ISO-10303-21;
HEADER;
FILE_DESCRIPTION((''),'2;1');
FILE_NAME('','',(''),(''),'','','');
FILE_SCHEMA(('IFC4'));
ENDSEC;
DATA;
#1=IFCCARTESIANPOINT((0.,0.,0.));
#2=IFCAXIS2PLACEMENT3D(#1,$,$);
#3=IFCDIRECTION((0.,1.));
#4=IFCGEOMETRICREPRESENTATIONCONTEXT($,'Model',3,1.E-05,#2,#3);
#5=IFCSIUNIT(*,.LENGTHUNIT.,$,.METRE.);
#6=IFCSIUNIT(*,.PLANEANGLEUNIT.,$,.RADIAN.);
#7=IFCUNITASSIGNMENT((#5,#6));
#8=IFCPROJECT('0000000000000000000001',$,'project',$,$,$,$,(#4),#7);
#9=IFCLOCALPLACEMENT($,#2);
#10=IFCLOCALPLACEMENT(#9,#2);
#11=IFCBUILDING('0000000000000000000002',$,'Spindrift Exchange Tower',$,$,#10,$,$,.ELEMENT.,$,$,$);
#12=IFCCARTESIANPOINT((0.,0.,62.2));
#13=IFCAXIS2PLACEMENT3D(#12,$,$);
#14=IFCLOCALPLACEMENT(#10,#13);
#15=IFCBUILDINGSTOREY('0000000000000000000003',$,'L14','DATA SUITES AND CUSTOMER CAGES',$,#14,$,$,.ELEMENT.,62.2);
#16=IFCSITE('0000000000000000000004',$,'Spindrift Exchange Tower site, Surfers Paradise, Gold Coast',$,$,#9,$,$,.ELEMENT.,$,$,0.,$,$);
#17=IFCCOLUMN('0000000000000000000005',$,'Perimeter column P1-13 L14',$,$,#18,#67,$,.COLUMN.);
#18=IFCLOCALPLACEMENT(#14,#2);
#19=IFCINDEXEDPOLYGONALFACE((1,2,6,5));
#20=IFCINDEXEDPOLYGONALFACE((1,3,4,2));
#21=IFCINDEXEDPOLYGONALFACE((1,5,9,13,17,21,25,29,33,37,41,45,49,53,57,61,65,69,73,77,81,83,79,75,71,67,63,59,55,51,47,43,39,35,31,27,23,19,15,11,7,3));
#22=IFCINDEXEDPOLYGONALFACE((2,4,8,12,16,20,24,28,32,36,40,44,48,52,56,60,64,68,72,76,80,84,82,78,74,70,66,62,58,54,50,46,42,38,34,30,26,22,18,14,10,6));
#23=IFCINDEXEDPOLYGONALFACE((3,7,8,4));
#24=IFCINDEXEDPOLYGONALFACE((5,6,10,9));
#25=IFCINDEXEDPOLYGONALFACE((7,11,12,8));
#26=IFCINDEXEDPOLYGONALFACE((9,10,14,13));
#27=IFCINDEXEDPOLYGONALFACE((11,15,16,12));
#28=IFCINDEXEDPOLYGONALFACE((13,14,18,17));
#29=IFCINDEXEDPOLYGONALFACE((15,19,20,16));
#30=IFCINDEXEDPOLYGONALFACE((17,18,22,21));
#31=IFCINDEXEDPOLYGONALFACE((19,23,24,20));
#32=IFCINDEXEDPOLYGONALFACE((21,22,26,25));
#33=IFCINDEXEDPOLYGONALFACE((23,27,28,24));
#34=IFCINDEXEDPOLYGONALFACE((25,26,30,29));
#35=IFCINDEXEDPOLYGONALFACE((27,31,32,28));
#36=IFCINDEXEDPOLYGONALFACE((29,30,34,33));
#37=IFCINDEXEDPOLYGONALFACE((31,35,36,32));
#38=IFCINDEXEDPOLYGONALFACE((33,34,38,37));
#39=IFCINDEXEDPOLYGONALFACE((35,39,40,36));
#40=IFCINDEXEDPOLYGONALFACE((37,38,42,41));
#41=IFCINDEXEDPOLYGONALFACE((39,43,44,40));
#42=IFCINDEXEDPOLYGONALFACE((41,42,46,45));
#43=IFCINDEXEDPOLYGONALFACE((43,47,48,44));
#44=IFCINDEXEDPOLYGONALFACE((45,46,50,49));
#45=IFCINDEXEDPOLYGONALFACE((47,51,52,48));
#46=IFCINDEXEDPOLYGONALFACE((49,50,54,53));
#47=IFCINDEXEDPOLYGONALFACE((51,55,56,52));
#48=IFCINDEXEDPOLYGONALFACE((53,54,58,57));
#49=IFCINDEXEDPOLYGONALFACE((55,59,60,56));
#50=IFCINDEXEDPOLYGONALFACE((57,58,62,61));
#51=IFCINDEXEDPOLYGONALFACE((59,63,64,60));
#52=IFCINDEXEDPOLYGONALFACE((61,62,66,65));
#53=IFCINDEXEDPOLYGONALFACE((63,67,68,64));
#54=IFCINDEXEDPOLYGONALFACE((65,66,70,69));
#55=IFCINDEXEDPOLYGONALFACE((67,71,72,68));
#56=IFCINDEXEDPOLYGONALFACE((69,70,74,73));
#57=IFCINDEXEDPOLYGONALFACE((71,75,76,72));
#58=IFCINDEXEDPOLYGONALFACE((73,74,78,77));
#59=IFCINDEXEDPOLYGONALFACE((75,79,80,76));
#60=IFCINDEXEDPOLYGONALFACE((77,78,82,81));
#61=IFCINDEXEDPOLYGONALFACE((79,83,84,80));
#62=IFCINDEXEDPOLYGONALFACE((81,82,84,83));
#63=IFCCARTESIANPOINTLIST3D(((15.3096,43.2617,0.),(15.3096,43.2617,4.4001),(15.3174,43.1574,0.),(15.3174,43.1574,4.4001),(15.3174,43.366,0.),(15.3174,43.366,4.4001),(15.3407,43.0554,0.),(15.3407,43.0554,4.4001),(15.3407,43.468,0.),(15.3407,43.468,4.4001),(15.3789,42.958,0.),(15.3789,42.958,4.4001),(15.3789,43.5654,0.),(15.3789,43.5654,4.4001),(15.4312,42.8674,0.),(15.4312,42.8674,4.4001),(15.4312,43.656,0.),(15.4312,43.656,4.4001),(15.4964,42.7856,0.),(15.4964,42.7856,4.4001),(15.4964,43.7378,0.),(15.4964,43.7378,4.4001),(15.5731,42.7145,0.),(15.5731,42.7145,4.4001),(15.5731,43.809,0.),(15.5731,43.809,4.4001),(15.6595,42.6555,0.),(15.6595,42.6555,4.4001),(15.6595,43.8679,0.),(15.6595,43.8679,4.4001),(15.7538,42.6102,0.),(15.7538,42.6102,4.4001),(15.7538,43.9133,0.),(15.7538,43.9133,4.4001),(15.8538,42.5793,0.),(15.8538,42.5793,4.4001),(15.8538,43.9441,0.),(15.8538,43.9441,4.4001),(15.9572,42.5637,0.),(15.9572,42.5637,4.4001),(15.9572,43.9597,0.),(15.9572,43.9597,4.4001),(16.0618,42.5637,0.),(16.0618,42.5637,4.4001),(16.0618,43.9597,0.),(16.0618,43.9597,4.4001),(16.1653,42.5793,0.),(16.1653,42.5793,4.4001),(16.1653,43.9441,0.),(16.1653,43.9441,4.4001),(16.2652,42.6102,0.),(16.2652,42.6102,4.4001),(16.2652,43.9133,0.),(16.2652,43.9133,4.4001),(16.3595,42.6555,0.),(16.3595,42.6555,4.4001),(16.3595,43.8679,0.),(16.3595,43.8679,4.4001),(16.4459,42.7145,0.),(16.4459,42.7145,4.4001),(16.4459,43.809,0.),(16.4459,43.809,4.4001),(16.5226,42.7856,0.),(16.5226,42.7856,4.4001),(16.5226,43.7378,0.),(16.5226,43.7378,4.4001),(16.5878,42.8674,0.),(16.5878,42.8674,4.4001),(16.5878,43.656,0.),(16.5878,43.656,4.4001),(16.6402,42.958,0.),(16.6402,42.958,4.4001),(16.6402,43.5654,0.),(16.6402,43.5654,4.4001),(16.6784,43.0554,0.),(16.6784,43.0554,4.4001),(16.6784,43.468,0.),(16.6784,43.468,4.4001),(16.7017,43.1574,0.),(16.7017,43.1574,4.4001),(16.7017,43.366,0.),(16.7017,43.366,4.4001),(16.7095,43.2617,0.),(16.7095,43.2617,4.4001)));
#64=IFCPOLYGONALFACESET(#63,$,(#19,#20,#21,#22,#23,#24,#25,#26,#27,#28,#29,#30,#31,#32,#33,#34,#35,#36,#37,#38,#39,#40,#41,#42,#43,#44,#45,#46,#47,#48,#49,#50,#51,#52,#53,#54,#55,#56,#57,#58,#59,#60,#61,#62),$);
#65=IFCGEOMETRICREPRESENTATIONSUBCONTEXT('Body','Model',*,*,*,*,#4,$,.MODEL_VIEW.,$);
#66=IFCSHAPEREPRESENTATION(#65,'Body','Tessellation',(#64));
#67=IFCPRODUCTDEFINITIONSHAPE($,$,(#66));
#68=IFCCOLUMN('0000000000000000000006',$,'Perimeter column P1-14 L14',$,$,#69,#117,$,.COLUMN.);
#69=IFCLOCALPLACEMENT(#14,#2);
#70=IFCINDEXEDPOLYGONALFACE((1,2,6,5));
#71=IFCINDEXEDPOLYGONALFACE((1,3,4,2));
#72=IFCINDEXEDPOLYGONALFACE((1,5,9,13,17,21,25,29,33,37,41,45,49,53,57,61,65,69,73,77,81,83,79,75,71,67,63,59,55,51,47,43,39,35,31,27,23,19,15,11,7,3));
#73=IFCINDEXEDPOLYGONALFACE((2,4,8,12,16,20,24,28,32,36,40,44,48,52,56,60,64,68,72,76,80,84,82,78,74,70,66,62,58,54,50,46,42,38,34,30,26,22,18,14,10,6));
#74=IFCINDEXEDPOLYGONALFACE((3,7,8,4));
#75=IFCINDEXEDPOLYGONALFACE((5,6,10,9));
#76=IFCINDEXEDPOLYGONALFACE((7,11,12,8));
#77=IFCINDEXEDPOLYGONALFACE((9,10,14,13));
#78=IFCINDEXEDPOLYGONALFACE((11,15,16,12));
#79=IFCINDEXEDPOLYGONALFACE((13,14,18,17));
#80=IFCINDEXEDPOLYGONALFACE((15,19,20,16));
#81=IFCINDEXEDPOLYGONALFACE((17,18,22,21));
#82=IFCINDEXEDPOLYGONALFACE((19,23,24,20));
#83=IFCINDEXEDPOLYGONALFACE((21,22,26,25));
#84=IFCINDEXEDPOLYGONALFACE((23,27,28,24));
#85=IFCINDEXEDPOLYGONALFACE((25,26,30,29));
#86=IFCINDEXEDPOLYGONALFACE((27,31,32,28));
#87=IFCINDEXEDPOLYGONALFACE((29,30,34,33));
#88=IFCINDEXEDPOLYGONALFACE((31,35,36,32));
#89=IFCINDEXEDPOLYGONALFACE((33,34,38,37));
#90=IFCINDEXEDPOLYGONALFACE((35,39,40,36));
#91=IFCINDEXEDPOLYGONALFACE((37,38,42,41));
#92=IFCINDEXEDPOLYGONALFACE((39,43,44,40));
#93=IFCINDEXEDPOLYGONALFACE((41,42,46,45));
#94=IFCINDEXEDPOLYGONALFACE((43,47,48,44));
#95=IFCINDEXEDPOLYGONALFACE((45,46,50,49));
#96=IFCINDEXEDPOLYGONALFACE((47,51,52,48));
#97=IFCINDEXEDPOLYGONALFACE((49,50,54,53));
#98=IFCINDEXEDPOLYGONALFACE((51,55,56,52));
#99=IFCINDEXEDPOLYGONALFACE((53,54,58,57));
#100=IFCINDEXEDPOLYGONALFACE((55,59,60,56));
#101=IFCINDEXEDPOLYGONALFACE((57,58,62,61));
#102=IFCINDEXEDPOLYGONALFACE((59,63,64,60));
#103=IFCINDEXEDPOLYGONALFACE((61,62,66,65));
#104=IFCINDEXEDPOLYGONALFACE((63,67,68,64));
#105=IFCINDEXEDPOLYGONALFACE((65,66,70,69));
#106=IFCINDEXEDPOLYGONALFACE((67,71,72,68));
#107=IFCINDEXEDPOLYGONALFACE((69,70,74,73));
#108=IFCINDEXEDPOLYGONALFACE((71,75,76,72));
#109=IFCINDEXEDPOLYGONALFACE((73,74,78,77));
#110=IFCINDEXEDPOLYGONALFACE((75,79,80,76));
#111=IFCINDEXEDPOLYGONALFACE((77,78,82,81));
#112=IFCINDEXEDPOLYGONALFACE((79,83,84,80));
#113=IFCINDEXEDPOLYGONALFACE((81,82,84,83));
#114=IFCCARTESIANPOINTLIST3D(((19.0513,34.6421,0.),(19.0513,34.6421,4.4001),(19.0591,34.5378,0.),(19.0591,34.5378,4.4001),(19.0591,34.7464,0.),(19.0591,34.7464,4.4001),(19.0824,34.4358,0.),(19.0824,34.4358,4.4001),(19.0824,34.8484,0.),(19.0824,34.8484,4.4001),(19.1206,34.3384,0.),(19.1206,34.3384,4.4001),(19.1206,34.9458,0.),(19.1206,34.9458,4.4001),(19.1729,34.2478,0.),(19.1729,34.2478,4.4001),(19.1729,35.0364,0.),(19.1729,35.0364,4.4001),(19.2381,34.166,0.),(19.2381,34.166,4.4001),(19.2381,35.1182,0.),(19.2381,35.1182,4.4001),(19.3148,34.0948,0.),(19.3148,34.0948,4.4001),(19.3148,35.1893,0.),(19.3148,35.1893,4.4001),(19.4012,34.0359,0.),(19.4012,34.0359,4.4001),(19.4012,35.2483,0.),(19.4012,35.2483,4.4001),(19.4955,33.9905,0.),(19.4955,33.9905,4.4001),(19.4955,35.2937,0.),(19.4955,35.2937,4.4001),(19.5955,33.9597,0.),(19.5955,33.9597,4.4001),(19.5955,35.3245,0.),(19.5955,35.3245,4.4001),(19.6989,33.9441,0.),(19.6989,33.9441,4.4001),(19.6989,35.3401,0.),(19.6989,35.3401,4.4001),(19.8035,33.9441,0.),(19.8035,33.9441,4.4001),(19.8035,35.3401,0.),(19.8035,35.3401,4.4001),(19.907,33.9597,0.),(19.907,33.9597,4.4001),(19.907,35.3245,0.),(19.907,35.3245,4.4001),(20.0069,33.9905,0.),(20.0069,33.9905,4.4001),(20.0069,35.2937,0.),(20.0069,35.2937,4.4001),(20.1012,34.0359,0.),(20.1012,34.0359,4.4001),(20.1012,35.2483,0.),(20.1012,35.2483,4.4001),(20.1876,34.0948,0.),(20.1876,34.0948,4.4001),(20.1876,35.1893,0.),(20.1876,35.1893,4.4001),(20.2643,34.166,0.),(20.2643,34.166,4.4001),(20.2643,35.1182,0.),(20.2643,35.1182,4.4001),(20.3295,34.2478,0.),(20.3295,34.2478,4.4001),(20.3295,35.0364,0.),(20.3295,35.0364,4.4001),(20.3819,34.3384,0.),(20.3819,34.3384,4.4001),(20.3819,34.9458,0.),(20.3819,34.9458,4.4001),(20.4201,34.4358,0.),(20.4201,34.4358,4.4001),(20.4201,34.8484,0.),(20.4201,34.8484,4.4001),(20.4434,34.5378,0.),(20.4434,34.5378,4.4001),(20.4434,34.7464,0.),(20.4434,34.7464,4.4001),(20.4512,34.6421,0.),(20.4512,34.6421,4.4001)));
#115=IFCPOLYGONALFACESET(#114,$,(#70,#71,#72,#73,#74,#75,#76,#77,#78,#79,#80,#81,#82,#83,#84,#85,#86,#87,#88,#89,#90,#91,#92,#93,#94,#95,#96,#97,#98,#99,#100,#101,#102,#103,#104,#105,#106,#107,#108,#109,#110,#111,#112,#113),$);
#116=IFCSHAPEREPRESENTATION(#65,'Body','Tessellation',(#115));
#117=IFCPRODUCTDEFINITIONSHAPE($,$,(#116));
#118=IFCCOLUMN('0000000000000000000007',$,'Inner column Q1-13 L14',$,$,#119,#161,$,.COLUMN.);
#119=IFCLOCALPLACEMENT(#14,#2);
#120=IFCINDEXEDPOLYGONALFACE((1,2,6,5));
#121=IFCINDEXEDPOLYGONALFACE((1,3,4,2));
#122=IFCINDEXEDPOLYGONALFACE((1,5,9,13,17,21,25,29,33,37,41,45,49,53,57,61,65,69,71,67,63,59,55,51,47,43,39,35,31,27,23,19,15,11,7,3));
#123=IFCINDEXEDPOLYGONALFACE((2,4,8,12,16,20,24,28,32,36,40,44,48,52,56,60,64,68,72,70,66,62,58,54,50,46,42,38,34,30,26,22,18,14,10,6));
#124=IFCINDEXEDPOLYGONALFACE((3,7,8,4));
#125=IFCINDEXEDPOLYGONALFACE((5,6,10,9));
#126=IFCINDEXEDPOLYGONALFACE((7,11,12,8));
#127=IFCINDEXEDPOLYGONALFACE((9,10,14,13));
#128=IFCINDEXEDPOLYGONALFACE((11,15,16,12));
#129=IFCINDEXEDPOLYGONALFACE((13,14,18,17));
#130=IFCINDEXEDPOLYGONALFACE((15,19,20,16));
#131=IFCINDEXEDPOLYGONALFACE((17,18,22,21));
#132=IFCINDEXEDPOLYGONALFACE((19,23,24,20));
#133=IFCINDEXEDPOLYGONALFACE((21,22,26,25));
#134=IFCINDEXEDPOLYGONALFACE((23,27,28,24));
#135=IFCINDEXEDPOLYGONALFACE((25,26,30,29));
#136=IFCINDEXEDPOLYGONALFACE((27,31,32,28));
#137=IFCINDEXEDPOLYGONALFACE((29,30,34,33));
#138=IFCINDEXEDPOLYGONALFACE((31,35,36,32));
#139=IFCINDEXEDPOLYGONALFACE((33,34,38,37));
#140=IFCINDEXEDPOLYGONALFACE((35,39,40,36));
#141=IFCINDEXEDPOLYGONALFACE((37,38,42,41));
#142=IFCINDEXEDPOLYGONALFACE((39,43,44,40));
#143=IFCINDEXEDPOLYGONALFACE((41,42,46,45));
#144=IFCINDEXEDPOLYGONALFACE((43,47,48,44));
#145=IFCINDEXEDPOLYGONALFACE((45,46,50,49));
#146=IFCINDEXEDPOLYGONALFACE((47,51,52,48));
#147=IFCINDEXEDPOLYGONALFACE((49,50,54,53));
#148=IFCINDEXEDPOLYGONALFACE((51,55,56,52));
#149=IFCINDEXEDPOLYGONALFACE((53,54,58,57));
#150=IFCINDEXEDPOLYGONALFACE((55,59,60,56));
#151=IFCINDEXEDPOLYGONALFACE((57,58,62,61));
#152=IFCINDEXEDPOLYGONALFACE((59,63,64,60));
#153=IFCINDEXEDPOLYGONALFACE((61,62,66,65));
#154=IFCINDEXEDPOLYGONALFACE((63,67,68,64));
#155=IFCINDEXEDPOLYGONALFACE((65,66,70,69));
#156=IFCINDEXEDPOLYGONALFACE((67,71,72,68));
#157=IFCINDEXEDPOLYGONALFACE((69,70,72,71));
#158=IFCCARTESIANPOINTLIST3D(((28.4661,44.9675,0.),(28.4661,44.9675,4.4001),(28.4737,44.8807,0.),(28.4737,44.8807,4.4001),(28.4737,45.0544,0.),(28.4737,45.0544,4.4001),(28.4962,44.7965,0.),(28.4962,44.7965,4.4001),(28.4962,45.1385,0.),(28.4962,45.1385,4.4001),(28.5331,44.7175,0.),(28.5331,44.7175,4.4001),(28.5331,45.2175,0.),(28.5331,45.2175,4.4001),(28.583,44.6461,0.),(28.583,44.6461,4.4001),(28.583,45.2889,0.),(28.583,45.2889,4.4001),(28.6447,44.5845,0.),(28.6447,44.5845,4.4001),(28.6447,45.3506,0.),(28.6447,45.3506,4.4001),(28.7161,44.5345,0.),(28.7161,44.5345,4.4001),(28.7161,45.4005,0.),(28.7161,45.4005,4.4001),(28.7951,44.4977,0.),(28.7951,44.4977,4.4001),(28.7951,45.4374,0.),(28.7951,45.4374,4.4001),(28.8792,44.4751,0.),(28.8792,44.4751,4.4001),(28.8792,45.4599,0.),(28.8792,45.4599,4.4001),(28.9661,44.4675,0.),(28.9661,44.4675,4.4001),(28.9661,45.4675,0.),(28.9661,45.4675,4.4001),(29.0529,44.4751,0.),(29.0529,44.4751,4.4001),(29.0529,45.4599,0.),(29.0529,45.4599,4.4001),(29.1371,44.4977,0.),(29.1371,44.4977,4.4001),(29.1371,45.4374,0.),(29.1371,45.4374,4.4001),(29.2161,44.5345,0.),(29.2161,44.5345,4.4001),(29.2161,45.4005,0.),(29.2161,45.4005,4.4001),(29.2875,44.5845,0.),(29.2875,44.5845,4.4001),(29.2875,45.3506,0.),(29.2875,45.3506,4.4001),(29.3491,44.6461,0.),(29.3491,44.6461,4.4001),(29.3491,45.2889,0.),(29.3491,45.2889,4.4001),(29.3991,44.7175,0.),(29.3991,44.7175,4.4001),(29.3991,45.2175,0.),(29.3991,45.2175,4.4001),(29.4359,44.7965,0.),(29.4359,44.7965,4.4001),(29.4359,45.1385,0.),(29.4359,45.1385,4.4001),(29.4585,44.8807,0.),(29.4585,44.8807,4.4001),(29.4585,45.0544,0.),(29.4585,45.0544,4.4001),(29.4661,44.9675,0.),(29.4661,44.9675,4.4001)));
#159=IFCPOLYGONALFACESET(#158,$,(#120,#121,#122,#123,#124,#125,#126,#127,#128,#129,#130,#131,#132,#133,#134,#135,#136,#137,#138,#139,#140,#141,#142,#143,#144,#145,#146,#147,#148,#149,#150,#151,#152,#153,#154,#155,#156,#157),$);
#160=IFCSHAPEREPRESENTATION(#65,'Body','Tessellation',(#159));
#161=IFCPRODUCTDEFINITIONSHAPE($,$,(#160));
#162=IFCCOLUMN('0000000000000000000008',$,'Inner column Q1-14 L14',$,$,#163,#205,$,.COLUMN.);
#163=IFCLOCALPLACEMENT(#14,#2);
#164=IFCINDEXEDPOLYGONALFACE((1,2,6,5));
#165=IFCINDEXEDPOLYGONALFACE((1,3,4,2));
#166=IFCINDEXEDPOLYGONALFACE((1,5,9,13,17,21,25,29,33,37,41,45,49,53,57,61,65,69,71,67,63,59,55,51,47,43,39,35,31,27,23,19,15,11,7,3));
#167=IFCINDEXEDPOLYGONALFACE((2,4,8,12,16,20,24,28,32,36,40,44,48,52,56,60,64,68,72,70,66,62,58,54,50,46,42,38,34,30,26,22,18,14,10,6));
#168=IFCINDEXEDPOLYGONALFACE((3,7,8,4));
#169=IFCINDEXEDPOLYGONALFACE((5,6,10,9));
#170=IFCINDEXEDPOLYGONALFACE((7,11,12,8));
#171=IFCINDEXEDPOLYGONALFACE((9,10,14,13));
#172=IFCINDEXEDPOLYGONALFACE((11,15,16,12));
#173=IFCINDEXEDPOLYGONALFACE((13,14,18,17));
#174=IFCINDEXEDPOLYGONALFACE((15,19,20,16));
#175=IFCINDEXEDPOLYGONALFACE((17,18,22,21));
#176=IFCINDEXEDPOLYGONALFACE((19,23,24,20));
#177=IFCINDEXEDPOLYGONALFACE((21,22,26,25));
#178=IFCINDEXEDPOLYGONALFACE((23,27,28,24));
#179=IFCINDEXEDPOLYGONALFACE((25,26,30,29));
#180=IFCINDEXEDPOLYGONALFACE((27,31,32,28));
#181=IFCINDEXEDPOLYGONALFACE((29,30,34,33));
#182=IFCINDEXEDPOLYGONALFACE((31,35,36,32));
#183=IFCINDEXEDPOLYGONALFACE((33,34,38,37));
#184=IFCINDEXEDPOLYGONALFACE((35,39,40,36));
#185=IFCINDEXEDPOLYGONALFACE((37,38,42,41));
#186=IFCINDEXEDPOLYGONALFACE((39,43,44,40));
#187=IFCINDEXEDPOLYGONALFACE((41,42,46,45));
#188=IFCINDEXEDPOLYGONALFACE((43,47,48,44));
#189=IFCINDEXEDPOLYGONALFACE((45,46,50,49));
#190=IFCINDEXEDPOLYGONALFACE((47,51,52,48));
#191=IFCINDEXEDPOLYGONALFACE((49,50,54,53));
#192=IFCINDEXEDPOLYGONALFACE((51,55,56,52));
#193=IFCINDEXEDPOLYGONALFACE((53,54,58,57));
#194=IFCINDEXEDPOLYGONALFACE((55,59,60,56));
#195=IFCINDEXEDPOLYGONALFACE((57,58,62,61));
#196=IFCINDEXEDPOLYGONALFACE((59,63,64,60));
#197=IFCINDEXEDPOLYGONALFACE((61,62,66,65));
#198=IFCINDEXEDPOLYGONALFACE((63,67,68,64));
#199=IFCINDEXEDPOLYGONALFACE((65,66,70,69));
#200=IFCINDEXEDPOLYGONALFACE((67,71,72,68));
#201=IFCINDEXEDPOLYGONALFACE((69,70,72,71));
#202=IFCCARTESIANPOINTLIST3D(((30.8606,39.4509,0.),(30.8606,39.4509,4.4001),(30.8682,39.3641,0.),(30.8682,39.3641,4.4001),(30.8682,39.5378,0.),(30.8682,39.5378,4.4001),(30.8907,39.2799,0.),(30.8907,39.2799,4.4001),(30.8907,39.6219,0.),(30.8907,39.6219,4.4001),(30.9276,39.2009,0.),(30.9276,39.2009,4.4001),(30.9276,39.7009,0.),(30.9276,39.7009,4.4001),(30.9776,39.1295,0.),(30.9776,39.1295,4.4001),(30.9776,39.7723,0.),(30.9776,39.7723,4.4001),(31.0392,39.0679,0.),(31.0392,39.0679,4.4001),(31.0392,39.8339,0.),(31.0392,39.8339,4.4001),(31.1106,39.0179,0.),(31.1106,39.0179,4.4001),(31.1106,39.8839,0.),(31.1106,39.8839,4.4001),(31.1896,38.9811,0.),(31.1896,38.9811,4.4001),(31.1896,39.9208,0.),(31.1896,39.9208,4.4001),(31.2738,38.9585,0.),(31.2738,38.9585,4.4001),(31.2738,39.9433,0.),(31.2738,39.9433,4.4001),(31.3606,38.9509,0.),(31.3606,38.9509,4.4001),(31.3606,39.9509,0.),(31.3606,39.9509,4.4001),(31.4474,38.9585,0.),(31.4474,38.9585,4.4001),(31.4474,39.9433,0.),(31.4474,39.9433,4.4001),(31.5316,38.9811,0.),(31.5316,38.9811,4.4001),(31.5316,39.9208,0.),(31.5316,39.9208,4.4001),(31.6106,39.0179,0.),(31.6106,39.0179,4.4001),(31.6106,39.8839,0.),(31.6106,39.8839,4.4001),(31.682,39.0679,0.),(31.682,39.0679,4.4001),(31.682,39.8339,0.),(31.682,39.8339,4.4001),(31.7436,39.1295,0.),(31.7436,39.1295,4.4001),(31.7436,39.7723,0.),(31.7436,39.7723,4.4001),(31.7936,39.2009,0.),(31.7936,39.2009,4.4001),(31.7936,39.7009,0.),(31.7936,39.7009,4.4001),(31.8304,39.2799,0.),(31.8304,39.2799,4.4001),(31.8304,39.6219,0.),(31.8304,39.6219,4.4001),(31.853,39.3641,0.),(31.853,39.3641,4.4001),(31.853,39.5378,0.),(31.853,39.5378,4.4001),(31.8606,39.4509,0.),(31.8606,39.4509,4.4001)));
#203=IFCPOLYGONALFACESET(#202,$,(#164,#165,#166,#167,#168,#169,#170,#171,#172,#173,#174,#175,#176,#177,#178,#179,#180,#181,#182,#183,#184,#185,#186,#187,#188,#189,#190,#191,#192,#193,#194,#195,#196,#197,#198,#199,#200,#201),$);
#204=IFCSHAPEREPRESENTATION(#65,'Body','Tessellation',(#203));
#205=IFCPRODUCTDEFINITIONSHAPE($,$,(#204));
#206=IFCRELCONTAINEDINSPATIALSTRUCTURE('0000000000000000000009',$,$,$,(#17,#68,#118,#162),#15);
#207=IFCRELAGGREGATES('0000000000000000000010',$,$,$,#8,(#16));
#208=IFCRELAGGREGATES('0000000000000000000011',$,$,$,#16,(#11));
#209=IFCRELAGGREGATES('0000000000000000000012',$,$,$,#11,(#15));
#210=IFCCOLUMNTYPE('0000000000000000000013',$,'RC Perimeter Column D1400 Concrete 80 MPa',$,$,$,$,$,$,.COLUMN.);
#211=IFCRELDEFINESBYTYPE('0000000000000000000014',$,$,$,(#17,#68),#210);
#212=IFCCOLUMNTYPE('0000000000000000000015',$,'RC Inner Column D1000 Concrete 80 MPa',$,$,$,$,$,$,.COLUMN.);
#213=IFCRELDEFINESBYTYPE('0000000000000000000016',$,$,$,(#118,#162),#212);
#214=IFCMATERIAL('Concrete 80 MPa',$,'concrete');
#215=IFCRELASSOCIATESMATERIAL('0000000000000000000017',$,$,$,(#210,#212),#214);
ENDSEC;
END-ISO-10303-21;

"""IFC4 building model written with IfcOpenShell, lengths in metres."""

from ifc_helpers import new_model, si_unit, direction, frame, origin, origin_2d, place, context, subcontext, project, spatial, circle, extrude, source, transform, mapped, material, material_profile, profile_set, type_object, element, save


model = new_model("IFC4")

# Units and contexts
model_context = context("Model", 3, precision=1e-05, world=origin(), true_north=direction((0.0, 1.0)))
body_context = subcontext(model_context, "Body", "Model", "MODEL_VIEW")
ifc_project = project(units=[si_unit("LENGTHUNIT", "METRE"), si_unit("PLANEANGLEUNIT", "RADIAN")], contexts=[model_context])

# Site, building, storey
site_placement = place(None, origin())
site = spatial("IfcSite", under=ifc_project, at=site_placement, Name="Spindrift Exchange Tower site, Surfers Paradise, Gold Coast", CompositionType="ELEMENT", RefElevation=0.0)
building_placement = place(site_placement, origin())
building = spatial("IfcBuilding", under=site, at=building_placement, Name="Spindrift Exchange Tower", CompositionType="ELEMENT")
storey_placement = place(building_placement, frame((0.0, 0.0, 62.2)))
storey = spatial("IfcBuildingStorey", under=building, at=storey_placement, Name="L14", Description="DATA SUITES AND CUSTOMER CAGES", CompositionType="ELEMENT", Elevation=62.2)

# Columns
ifc_material_1 = material(Name="Concrete 80 MPa", Category="concrete")
ifc_material_profile_1 = material_profile(ifc_material_1, circle(Radius=0.7, at=origin_2d()), Name="RC D1400")
ifc_profile_set_1 = profile_set([ifc_material_profile_1], Name="Concrete 80 MPa")
column_type_1 = type_object("IfcColumnType", Name="RC Perimeter Column D1400 Concrete 80 MPa", PredefinedType="COLUMN", material=ifc_profile_set_1)
shared_shape_1 = source(origin(), body_context, "Body", "SweptSolid", [
    extrude(circle(Radius=0.7, at=origin_2d()), origin(), (0.0, 0.0, 1.0), 4.4001),
])
for number, where, z_axis, x_axis, name in (
    (1, (16.0095, 43.2617, 0.0), (0.0, 0.0, 1.0), (1.0, 0.0, 0.0), "Perimeter column P1-13 L14"),
    (2, (19.7512, 34.6421, 0.0), (0.0, 0.0, 1.0), (1.0, 0.0, 0.0), "Perimeter column P1-14 L14"),
):
    element("IfcColumn", number, at=place(storey_placement, frame(where, z_axis=z_axis, x_axis=x_axis)), inside=storey, type_object=column_type_1, Name=name, PredefinedType="COLUMN", context=body_context, shape_type="MappedRepresentation", body=[
        mapped(shared_shape_1, transform((0.0, 0.0, 0.0), scale=1.0)),
    ])
ifc_material_profile_2 = material_profile(ifc_material_1, circle(Radius=0.5, at=origin_2d()), Name="RC D1000")
ifc_profile_set_2 = profile_set([ifc_material_profile_2], Name="Concrete 80 MPa")
column_type_2 = type_object("IfcColumnType", Name="RC Inner Column D1000 Concrete 80 MPa", PredefinedType="COLUMN", material=ifc_profile_set_2)
shared_shape_2 = source(origin(), body_context, "Body", "SweptSolid", [
    extrude(circle(Radius=0.5, at=origin_2d()), origin(), (0.0, 0.0, 1.0), 4.4001),
])
for number, where, z_axis, x_axis, name in (
    (3, (28.9661, 44.9675, 0.0), (0.0, 0.0, 1.0), (1.0, 0.0, 0.0), "Inner column Q1-13 L14"),
    (4, (31.3606, 39.4509, 0.0), (0.0, 0.0, 1.0), (1.0, 0.0, 0.0), "Inner column Q1-14 L14"),
):
    element("IfcColumn", number, at=place(storey_placement, frame(where, z_axis=z_axis, x_axis=x_axis)), inside=storey, type_object=column_type_2, Name=name, PredefinedType="COLUMN", context=body_context, shape_type="MappedRepresentation", body=[
        mapped(shared_shape_2, transform((0.0, 0.0, 0.0), scale=1.0)),
    ])

save(model, "model.ifc")
